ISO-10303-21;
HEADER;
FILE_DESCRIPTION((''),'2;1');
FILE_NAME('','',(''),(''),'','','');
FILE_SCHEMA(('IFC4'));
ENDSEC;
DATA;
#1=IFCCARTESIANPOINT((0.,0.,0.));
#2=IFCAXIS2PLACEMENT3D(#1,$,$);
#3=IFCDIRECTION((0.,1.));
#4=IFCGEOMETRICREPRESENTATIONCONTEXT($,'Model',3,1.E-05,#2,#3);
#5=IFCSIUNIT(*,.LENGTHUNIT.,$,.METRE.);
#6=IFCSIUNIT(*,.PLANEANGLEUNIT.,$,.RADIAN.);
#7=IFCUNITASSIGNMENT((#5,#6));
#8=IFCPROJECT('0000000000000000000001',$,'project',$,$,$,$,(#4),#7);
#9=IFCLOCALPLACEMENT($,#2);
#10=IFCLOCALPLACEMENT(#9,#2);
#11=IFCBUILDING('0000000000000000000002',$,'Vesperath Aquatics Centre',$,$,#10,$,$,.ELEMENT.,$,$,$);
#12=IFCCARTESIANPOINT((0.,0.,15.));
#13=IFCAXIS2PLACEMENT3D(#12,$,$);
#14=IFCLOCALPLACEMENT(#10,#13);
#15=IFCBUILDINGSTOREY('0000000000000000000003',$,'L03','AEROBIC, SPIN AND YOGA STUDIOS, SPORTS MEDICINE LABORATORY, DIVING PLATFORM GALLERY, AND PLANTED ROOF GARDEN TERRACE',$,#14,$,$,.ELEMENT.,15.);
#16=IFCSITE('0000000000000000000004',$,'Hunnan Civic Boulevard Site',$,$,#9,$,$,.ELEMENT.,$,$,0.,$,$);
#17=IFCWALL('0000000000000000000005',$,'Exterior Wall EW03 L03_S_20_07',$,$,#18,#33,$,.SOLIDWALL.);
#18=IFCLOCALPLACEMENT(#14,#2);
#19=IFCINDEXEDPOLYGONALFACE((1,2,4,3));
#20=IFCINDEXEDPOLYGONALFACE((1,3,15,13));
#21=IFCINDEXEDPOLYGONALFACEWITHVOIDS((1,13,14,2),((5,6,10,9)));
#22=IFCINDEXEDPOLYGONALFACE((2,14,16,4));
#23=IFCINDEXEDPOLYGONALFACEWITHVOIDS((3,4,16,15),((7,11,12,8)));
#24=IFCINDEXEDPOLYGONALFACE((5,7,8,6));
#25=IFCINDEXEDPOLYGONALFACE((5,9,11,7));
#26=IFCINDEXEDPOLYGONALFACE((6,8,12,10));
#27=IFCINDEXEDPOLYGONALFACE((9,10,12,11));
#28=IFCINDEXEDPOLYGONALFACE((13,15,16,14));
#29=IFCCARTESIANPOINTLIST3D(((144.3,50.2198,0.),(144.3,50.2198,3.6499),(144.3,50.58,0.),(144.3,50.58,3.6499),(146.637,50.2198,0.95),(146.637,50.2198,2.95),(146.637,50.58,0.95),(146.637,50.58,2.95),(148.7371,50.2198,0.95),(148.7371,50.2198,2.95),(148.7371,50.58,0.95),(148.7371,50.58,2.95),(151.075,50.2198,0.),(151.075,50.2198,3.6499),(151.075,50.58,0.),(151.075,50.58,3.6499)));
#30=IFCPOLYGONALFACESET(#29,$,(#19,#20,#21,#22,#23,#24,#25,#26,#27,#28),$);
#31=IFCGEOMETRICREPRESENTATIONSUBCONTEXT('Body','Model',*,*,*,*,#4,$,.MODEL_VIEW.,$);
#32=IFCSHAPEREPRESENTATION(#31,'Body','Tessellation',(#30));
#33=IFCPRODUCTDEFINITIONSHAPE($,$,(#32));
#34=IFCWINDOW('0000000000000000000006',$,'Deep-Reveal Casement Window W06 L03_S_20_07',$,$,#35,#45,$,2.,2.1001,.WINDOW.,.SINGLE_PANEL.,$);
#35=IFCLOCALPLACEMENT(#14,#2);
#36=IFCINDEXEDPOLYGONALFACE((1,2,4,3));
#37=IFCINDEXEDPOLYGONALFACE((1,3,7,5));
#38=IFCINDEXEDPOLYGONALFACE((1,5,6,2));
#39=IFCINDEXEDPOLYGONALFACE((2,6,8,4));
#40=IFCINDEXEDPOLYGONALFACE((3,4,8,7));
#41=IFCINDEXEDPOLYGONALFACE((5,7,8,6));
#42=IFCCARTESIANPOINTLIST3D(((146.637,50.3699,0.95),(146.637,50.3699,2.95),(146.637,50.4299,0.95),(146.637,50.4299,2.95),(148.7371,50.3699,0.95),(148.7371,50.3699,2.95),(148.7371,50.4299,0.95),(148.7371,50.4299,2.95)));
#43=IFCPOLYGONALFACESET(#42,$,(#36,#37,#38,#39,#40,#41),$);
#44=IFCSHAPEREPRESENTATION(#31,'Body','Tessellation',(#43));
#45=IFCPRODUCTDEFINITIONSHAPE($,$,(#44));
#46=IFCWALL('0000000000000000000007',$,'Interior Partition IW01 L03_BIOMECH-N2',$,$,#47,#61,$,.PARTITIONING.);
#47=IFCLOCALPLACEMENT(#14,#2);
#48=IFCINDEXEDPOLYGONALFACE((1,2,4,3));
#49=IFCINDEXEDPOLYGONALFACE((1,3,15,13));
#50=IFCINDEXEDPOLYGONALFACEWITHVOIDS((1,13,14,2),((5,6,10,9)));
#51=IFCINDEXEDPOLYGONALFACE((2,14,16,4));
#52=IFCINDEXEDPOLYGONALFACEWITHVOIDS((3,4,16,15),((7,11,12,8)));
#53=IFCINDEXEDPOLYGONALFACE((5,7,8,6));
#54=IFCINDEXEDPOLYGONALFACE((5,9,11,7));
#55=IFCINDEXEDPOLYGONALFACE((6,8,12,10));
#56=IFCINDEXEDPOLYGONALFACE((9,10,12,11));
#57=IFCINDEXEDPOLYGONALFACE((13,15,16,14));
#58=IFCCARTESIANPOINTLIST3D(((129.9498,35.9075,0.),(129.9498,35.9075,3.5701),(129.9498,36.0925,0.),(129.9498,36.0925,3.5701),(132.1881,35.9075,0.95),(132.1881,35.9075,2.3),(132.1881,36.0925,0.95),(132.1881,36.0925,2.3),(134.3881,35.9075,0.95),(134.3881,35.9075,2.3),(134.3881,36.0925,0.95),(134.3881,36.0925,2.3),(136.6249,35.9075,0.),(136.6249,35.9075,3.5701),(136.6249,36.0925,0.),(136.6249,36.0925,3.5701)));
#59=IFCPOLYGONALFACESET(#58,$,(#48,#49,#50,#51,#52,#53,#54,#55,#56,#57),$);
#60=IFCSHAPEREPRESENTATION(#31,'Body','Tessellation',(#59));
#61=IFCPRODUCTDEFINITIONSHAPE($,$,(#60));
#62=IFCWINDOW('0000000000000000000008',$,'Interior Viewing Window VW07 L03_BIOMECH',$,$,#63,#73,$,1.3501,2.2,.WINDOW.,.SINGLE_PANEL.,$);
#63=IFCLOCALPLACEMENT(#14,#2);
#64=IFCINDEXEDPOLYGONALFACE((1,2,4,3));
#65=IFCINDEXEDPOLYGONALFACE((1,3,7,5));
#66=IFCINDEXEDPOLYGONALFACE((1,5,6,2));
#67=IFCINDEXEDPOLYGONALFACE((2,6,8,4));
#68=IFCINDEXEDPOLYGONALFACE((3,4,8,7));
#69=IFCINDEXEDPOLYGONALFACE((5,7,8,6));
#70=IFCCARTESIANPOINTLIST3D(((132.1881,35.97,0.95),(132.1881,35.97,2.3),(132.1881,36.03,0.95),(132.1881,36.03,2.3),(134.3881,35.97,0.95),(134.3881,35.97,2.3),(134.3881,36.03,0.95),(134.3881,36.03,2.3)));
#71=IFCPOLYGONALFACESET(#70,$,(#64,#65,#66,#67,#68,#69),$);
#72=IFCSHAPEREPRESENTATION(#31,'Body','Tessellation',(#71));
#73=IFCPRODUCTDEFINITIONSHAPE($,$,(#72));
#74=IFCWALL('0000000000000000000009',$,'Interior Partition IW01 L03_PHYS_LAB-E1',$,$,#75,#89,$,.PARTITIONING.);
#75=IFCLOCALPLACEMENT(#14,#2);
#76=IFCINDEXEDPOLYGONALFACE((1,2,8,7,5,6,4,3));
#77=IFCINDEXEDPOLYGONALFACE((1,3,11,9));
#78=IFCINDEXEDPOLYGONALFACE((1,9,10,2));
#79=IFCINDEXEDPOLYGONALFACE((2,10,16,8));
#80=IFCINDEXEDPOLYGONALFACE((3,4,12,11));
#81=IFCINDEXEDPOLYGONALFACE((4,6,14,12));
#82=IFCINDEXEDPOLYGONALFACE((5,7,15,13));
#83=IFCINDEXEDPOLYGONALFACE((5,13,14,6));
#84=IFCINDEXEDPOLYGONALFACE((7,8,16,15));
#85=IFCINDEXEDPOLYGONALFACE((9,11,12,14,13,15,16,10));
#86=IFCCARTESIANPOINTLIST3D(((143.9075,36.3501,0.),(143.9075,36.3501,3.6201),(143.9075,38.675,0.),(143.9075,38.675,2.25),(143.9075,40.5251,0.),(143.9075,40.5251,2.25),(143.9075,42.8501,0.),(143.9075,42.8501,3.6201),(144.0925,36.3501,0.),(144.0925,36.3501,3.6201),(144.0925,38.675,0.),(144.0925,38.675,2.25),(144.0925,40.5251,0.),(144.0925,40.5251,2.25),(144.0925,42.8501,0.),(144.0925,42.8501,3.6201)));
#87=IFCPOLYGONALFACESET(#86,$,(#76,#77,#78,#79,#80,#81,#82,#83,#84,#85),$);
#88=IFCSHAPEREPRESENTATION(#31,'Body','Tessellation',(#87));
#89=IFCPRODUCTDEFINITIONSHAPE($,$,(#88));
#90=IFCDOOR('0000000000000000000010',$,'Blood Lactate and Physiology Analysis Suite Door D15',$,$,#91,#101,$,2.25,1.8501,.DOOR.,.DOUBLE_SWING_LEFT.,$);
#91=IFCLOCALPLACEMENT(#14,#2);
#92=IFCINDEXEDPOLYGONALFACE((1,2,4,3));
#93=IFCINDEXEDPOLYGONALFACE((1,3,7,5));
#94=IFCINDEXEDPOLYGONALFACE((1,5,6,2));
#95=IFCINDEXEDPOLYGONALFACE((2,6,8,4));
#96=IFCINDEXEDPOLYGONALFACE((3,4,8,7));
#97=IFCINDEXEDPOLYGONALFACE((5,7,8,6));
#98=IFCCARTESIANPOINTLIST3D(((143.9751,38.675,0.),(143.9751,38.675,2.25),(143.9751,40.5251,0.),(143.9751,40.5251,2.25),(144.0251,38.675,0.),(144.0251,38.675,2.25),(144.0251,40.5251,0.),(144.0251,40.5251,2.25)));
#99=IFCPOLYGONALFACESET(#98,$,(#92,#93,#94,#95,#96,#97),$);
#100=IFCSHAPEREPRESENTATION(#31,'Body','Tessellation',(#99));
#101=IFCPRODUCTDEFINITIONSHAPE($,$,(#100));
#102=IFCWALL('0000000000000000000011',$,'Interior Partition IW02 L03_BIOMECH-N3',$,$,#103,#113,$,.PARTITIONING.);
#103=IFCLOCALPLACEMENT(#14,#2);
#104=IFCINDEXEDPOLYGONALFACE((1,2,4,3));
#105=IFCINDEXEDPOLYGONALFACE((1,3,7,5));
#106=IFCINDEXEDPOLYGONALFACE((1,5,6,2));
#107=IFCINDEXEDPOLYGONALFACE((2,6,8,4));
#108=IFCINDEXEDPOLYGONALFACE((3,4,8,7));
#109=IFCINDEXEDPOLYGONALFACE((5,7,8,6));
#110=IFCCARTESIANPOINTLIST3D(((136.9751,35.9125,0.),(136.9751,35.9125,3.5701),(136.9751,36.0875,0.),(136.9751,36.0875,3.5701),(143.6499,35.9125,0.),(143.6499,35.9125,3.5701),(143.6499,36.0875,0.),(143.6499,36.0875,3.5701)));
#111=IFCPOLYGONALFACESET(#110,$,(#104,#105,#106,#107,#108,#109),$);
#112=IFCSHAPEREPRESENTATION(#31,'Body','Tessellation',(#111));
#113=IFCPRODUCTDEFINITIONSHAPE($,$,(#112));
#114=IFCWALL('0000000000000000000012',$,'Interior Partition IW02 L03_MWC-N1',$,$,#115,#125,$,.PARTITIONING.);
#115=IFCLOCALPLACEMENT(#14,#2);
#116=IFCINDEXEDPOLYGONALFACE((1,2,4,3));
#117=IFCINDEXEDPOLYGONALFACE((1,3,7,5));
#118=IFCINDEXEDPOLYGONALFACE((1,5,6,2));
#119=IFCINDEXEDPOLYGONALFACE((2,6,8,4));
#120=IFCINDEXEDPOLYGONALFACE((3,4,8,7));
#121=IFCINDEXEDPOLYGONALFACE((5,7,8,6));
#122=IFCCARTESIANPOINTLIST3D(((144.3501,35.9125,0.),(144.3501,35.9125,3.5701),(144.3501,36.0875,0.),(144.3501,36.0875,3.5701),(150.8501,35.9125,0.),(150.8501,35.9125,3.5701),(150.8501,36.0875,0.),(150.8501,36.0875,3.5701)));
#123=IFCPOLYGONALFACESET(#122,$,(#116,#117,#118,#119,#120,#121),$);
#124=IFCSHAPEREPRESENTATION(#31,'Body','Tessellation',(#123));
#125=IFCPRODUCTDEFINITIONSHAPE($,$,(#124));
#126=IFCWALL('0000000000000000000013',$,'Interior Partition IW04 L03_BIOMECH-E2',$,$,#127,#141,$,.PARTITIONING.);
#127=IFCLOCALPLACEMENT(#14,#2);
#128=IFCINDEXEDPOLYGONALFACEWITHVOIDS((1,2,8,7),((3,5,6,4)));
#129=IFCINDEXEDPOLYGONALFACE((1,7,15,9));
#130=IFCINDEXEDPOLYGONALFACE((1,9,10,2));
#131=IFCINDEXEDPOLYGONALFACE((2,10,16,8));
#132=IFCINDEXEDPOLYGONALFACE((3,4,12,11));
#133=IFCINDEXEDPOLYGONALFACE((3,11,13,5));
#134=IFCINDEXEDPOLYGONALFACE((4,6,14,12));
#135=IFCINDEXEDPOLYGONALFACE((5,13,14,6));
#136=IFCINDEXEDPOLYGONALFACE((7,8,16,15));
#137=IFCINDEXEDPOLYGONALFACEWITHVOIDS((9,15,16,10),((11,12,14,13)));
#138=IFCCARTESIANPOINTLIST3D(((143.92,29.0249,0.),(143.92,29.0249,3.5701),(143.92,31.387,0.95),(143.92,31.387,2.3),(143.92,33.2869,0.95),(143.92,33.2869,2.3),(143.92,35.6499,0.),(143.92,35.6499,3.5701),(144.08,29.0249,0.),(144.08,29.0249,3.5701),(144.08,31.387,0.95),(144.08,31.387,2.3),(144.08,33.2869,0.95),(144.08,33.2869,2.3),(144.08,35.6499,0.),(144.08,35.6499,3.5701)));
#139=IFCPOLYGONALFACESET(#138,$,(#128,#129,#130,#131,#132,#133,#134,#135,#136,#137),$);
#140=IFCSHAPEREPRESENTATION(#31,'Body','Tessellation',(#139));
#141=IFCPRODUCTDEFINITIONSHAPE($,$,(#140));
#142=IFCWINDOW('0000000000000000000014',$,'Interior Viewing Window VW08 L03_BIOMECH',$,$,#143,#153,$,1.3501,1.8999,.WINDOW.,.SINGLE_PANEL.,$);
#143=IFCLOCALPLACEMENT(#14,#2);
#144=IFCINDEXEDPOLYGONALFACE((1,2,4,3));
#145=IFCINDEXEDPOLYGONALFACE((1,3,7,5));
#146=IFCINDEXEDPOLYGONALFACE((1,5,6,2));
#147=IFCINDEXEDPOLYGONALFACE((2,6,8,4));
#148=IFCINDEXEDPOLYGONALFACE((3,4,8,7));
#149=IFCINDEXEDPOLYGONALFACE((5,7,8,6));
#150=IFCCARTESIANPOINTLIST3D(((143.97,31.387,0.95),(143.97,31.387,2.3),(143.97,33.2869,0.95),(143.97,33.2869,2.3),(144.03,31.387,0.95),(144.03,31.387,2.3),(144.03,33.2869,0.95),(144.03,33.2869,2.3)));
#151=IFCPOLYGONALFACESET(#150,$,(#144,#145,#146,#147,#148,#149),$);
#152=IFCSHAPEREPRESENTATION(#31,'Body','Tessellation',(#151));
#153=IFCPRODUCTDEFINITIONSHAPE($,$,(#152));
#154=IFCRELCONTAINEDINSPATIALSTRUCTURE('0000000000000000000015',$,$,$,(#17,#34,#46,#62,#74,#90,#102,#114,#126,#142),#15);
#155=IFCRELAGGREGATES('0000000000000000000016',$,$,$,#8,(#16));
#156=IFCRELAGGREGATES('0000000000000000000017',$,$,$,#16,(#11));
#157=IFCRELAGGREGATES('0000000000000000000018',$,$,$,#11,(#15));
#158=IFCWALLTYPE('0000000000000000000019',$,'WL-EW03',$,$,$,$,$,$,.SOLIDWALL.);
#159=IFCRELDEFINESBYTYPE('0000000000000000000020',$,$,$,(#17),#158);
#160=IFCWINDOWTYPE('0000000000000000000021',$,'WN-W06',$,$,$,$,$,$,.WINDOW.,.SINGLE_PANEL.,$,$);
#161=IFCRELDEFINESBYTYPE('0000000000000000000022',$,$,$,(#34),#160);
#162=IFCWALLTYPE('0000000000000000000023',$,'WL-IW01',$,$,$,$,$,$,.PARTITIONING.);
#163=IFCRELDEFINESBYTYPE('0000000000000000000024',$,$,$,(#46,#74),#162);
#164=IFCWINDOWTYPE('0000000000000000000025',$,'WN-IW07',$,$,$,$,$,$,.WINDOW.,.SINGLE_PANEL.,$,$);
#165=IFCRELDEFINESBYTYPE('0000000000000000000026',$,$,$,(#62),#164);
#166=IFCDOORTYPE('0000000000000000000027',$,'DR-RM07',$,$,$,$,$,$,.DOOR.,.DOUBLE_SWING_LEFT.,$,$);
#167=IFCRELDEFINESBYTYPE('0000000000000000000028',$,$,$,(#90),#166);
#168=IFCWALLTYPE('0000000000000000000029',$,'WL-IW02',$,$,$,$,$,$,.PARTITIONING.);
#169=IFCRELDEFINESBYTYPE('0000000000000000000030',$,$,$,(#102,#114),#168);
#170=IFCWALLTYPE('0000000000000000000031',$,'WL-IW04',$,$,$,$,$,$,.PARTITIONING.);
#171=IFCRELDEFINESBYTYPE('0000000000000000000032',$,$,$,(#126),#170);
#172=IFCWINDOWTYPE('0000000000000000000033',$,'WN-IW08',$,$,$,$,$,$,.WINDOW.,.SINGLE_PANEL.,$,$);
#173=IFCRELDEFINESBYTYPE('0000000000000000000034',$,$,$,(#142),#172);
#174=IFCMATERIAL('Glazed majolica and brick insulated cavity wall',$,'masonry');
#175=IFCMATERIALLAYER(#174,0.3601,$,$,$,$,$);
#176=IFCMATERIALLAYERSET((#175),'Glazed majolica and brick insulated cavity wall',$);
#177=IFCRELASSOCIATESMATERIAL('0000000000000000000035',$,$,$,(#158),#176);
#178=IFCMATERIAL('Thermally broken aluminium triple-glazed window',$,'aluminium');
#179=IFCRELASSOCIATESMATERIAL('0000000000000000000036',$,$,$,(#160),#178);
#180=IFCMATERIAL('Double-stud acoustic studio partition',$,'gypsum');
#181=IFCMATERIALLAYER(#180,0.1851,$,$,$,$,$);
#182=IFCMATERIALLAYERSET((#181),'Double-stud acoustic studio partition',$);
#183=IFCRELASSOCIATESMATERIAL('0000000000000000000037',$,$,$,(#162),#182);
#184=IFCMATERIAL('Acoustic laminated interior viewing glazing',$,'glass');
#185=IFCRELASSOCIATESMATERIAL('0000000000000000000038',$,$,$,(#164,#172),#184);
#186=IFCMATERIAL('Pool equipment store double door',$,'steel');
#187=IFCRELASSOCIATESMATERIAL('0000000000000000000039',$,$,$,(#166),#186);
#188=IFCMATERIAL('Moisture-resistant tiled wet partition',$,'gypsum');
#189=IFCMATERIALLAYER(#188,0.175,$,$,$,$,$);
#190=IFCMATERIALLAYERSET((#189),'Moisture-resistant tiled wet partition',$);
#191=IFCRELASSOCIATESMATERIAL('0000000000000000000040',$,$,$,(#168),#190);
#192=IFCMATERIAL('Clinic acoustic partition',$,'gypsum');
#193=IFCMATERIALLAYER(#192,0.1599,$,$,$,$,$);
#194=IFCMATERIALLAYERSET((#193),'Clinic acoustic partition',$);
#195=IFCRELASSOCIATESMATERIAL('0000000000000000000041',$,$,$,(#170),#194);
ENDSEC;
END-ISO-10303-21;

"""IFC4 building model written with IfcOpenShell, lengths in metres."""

from ifc_helpers import new_model, si_unit, direction, frame, frame_2d, origin, place, context, subcontext, project, spatial, rectangle, extrude, material, layer, layer_set, type_object, element, fill, save


model = new_model("IFC4")

# Units and contexts
model_context = context("Model", 3, precision=1e-05, world=origin(), true_north=direction((0.0, 1.0)))
body_context = subcontext(model_context, "Body", "Model", "MODEL_VIEW")
ifc_project = project(units=[si_unit("LENGTHUNIT", "METRE"), si_unit("PLANEANGLEUNIT", "RADIAN")], contexts=[model_context])

# Site, building, storey
site_placement = place(None, origin())
site = spatial("IfcSite", under=ifc_project, at=site_placement, Name="Hunnan Civic Boulevard Site", CompositionType="ELEMENT", RefElevation=0.0)
building_placement = place(site_placement, origin())
building = spatial("IfcBuilding", under=site, at=building_placement, Name="Vesperath Aquatics Centre", CompositionType="ELEMENT")
storey_placement = place(building_placement, frame((0.0, 0.0, 15.0)))
storey = spatial("IfcBuildingStorey", under=building, at=storey_placement, Name="L03", Description="AEROBIC, SPIN AND YOGA STUDIOS, SPORTS MEDICINE LABORATORY, DIVING PLATFORM GALLERY, AND PLANTED ROOF GARDEN TERRACE", CompositionType="ELEMENT", Elevation=15.0)

# Walls, openings, windows
ifc_material_1 = material(Name="Thermally broken aluminium triple-glazed window", Category="aluminium")
ifc_material_2 = material(Name="Glazed majolica and brick insulated cavity wall", Category="masonry")
ifc_layer_1 = layer(ifc_material_2, 0.3601)
ifc_layer_set_1 = layer_set([ifc_layer_1], Name="Glazed majolica and brick insulated cavity wall")
wall_type_1 = type_object("IfcWallType", Name="WL-EW03", PredefinedType="SOLIDWALL", material=ifc_layer_set_1)
wall_1_placement = place(storey_placement, frame((144.3, 50.3999, 0.0), z_axis=(0.0, 0.0, 1.0), x_axis=(1.0, 0.0, 0.0)))
wall_1 = element("IfcWall", 1, at=wall_1_placement, inside=storey, type_object=wall_type_1, Name="Exterior Wall EW03 L03_S_20_07", PredefinedType="SOLIDWALL", context=body_context, shape_type="SweptSolid", body=[
    extrude(rectangle(XDim=6.7749, YDim=0.3601, at=frame_2d((3.3875, 0.0))), origin(), (0.0, 0.0, 1.0), 3.6499),
])
opening_1_placement = place(wall_1_placement, frame((2.3369, 0.0, 0.95)))
opening_1 = element("IfcOpeningElement", 2, at=opening_1_placement, cuts=wall_1, PredefinedType="OPENING", context=body_context, shape_type="SweptSolid", body=[
    extrude(rectangle(XDim=2.1001, YDim=2.0, at=frame_2d((1.05, 1.0))), frame((0.0, 0.1948, 0.0), z_axis=(0.0, -1.0, 0.0), x_axis=(1.0, 0.0, 0.0)), (0.0, 0.0, 1.0), 0.3899),
])
window_type_1 = type_object("IfcWindowType", Name="WN-W06", PartitioningType="SINGLE_PANEL", PredefinedType="WINDOW", material=ifc_material_1)
window_1_placement = place(opening_1_placement, origin())
window_1 = element("IfcWindow", 3, at=window_1_placement, inside=storey, type_object=window_type_1, Name="Deep-Reveal Casement Window W06 L03_S_20_07", OverallHeight=2.0, OverallWidth=2.1001, PartitioningType="SINGLE_PANEL", PredefinedType="WINDOW", context=body_context, shape_type="SweptSolid", body=[
    extrude(rectangle(XDim=2.1001, YDim=2.0, at=frame_2d((1.05, 1.0))), frame((0.0, 0.03, 0.0), z_axis=(0.0, -1.0, 0.0), x_axis=(1.0, 0.0, 0.0)), (0.0, 0.0, 1.0), 0.0601),
])
fill(opening_1, window_1)
ifc_material_3 = material(Name="Double-stud acoustic studio partition", Category="gypsum")
ifc_layer_2 = layer(ifc_material_3, 0.1851)
ifc_layer_set_2 = layer_set([ifc_layer_2], Name="Double-stud acoustic studio partition")
wall_type_2 = type_object("IfcWallType", Name="WL-IW01", PredefinedType="PARTITIONING", material=ifc_layer_set_2)
wall_2_placement = place(storey_placement, frame((129.95, 36.0, 0.0), z_axis=(0.0, 0.0, 1.0), x_axis=(1.0, 0.0, 0.0)))
wall_2 = element("IfcWall", 4, at=wall_2_placement, inside=storey, type_object=wall_type_2, Name="Interior Partition IW01 L03_BIOMECH-N2", PredefinedType="PARTITIONING", context=body_context, shape_type="SweptSolid", body=[
    extrude(rectangle(XDim=6.675, YDim=0.1851, at=frame_2d((3.3374, 0.0))), origin(), (0.0, 0.0, 1.0), 3.5701),
])
opening_2_placement = place(wall_2_placement, frame((2.238, 0.0, 0.95)))
opening_2 = element("IfcOpeningElement", 5, at=opening_2_placement, cuts=wall_2, PredefinedType="OPENING", context=body_context, shape_type="SweptSolid", body=[
    extrude(rectangle(XDim=2.2, YDim=1.3501, at=frame_2d((1.1001, 0.675))), frame((0.0, 0.1074, 0.0), z_axis=(0.0, -1.0, 0.0), x_axis=(1.0, 0.0, 0.0)), (0.0, 0.0, 1.0), 0.2148),
])
ifc_material_4 = material(Name="Acoustic laminated interior viewing glazing", Category="glass")
window_type_2 = type_object("IfcWindowType", Name="WN-IW07", PartitioningType="SINGLE_PANEL", PredefinedType="WINDOW", material=ifc_material_4)
window_2_placement = place(opening_2_placement, origin())
window_2 = element("IfcWindow", 6, at=window_2_placement, inside=storey, type_object=window_type_2, Name="Interior Viewing Window VW07 L03_BIOMECH", OverallHeight=1.3501, OverallWidth=2.2, PartitioningType="SINGLE_PANEL", PredefinedType="WINDOW", context=body_context, shape_type="SweptSolid", body=[
    extrude(rectangle(XDim=2.2, YDim=1.3501, at=frame_2d((1.1001, 0.675))), frame((0.0, 0.03, 0.0), z_axis=(0.0, -1.0, 0.0), x_axis=(1.0, 0.0, 0.0)), (0.0, 0.0, 1.0), 0.0601),
])
fill(opening_2, window_2)

# Wall, opening, door
wall_3_placement = place(storey_placement, frame((144.0, 36.3501, 0.0), z_axis=(0.0, 0.0, 1.0), x_axis=(0.0, 1.0, 0.0)))
wall_3 = element("IfcWall", 7, at=wall_3_placement, inside=storey, type_object=wall_type_2, Name="Interior Partition IW01 L03_PHYS_LAB-E1", PredefinedType="PARTITIONING", context=body_context, shape_type="SweptSolid", body=[
    extrude(rectangle(XDim=6.5, YDim=0.1851, at=frame_2d((3.25, 0.0))), origin(), (0.0, 0.0, 1.0), 3.6201),
])
opening_3_placement = place(wall_3_placement, frame((2.325, 0.0, 0.0)))
opening_3 = element("IfcOpeningElement", 8, at=opening_3_placement, cuts=wall_3, PredefinedType="OPENING", context=body_context, shape_type="SweptSolid", body=[
    extrude(rectangle(XDim=1.8501, YDim=2.25, at=frame_2d((0.925, 1.125))), frame((0.0, 0.1074, 0.0), z_axis=(0.0, -1.0, 0.0), x_axis=(1.0, 0.0, 0.0)), (0.0, 0.0, 1.0), 0.2148),
])
ifc_material_5 = material(Name="Pool equipment store double door", Category="steel")
door_type = type_object("IfcDoorType", Name="DR-RM07", OperationType="DOUBLE_SWING_LEFT", PredefinedType="DOOR", material=ifc_material_5)
door_placement = place(opening_3_placement, origin())
door = element("IfcDoor", 9, at=door_placement, inside=storey, type_object=door_type, Name="Blood Lactate and Physiology Analysis Suite Door D15", OperationType="DOUBLE_SWING_LEFT", OverallHeight=2.25, OverallWidth=1.8501, PredefinedType="DOOR", context=body_context, shape_type="SweptSolid", body=[
    extrude(rectangle(XDim=1.8501, YDim=2.25, at=frame_2d((0.925, 1.125))), frame((0.0, 0.0249, 0.0), z_axis=(0.0, -1.0, 0.0), x_axis=(1.0, 0.0, 0.0)), (0.0, 0.0, 1.0), 0.05),
])
fill(opening_3, door)

# Walls
ifc_material_6 = material(Name="Moisture-resistant tiled wet partition", Category="gypsum")
ifc_layer_3 = layer(ifc_material_6, 0.175)
ifc_layer_set_3 = layer_set([ifc_layer_3], Name="Moisture-resistant tiled wet partition")
wall_type_3 = type_object("IfcWallType", Name="WL-IW02", PredefinedType="PARTITIONING", material=ifc_layer_set_3)
wall_4_placement = place(storey_placement, frame((136.9751, 36.0, 0.0), z_axis=(0.0, 0.0, 1.0), x_axis=(1.0, 0.0, 0.0)))
element("IfcWall", 10, at=wall_4_placement, inside=storey, type_object=wall_type_3, Name="Interior Partition IW02 L03_BIOMECH-N3", PredefinedType="PARTITIONING", context=body_context, shape_type="SweptSolid", body=[
    extrude(rectangle(XDim=6.6748, YDim=0.175, at=frame_2d((3.3374, 0.0))), origin(), (0.0, 0.0, 1.0), 3.5701),
])
wall_5_placement = place(storey_placement, frame((144.3501, 36.0, 0.0), z_axis=(0.0, 0.0, 1.0), x_axis=(1.0, 0.0, 0.0)))
element("IfcWall", 11, at=wall_5_placement, inside=storey, type_object=wall_type_3, Name="Interior Partition IW02 L03_MWC-N1", PredefinedType="PARTITIONING", context=body_context, shape_type="SweptSolid", body=[
    extrude(rectangle(XDim=6.5, YDim=0.175, at=frame_2d((3.25, 0.0))), origin(), (0.0, 0.0, 1.0), 3.5701),
])

# Wall, opening, window
ifc_material_7 = material(Name="Clinic acoustic partition", Category="gypsum")
ifc_layer_4 = layer(ifc_material_7, 0.1599)
ifc_layer_set_4 = layer_set([ifc_layer_4], Name="Clinic acoustic partition")
wall_type_4 = type_object("IfcWallType", Name="WL-IW04", PredefinedType="PARTITIONING", material=ifc_layer_set_4)
wall_6_placement = place(storey_placement, frame((144.0, 29.0249, 0.0), z_axis=(0.0, 0.0, 1.0), x_axis=(0.0, 1.0, 0.0)))
wall_6 = element("IfcWall", 12, at=wall_6_placement, inside=storey, type_object=wall_type_4, Name="Interior Partition IW04 L03_BIOMECH-E2", PredefinedType="PARTITIONING", context=body_context, shape_type="SweptSolid", body=[
    extrude(rectangle(XDim=6.625, YDim=0.1599, at=frame_2d((3.3125, 0.0))), origin(), (0.0, 0.0, 1.0), 3.5701),
])
opening_4_placement = place(wall_6_placement, frame((2.3621, 0.0, 0.95)))
opening_4 = element("IfcOpeningElement", 13, at=opening_4_placement, cuts=wall_6, PredefinedType="OPENING", context=body_context, shape_type="SweptSolid", body=[
    extrude(rectangle(XDim=1.8999, YDim=1.3501, at=frame_2d((0.95, 0.675))), frame((0.0, 0.0947, 0.0), z_axis=(0.0, -1.0, 0.0), x_axis=(1.0, 0.0, 0.0)), (0.0, 0.0, 1.0), 0.1897),
])
window_type_3 = type_object("IfcWindowType", Name="WN-IW08", PartitioningType="SINGLE_PANEL", PredefinedType="WINDOW", material=ifc_material_4)
window_3_placement = place(opening_4_placement, origin())
window_3 = element("IfcWindow", 14, at=window_3_placement, inside=storey, type_object=window_type_3, Name="Interior Viewing Window VW08 L03_BIOMECH", OverallHeight=1.3501, OverallWidth=1.8999, PartitioningType="SINGLE_PANEL", PredefinedType="WINDOW", context=body_context, shape_type="SweptSolid", body=[
    extrude(rectangle(XDim=1.8999, YDim=1.3501, at=frame_2d((0.95, 0.675))), frame((0.0, 0.03, 0.0), z_axis=(0.0, -1.0, 0.0), x_axis=(1.0, 0.0, 0.0)), (0.0, 0.0, 1.0), 0.0601),
])
fill(opening_4, window_3)

save(model, "model.ifc")
